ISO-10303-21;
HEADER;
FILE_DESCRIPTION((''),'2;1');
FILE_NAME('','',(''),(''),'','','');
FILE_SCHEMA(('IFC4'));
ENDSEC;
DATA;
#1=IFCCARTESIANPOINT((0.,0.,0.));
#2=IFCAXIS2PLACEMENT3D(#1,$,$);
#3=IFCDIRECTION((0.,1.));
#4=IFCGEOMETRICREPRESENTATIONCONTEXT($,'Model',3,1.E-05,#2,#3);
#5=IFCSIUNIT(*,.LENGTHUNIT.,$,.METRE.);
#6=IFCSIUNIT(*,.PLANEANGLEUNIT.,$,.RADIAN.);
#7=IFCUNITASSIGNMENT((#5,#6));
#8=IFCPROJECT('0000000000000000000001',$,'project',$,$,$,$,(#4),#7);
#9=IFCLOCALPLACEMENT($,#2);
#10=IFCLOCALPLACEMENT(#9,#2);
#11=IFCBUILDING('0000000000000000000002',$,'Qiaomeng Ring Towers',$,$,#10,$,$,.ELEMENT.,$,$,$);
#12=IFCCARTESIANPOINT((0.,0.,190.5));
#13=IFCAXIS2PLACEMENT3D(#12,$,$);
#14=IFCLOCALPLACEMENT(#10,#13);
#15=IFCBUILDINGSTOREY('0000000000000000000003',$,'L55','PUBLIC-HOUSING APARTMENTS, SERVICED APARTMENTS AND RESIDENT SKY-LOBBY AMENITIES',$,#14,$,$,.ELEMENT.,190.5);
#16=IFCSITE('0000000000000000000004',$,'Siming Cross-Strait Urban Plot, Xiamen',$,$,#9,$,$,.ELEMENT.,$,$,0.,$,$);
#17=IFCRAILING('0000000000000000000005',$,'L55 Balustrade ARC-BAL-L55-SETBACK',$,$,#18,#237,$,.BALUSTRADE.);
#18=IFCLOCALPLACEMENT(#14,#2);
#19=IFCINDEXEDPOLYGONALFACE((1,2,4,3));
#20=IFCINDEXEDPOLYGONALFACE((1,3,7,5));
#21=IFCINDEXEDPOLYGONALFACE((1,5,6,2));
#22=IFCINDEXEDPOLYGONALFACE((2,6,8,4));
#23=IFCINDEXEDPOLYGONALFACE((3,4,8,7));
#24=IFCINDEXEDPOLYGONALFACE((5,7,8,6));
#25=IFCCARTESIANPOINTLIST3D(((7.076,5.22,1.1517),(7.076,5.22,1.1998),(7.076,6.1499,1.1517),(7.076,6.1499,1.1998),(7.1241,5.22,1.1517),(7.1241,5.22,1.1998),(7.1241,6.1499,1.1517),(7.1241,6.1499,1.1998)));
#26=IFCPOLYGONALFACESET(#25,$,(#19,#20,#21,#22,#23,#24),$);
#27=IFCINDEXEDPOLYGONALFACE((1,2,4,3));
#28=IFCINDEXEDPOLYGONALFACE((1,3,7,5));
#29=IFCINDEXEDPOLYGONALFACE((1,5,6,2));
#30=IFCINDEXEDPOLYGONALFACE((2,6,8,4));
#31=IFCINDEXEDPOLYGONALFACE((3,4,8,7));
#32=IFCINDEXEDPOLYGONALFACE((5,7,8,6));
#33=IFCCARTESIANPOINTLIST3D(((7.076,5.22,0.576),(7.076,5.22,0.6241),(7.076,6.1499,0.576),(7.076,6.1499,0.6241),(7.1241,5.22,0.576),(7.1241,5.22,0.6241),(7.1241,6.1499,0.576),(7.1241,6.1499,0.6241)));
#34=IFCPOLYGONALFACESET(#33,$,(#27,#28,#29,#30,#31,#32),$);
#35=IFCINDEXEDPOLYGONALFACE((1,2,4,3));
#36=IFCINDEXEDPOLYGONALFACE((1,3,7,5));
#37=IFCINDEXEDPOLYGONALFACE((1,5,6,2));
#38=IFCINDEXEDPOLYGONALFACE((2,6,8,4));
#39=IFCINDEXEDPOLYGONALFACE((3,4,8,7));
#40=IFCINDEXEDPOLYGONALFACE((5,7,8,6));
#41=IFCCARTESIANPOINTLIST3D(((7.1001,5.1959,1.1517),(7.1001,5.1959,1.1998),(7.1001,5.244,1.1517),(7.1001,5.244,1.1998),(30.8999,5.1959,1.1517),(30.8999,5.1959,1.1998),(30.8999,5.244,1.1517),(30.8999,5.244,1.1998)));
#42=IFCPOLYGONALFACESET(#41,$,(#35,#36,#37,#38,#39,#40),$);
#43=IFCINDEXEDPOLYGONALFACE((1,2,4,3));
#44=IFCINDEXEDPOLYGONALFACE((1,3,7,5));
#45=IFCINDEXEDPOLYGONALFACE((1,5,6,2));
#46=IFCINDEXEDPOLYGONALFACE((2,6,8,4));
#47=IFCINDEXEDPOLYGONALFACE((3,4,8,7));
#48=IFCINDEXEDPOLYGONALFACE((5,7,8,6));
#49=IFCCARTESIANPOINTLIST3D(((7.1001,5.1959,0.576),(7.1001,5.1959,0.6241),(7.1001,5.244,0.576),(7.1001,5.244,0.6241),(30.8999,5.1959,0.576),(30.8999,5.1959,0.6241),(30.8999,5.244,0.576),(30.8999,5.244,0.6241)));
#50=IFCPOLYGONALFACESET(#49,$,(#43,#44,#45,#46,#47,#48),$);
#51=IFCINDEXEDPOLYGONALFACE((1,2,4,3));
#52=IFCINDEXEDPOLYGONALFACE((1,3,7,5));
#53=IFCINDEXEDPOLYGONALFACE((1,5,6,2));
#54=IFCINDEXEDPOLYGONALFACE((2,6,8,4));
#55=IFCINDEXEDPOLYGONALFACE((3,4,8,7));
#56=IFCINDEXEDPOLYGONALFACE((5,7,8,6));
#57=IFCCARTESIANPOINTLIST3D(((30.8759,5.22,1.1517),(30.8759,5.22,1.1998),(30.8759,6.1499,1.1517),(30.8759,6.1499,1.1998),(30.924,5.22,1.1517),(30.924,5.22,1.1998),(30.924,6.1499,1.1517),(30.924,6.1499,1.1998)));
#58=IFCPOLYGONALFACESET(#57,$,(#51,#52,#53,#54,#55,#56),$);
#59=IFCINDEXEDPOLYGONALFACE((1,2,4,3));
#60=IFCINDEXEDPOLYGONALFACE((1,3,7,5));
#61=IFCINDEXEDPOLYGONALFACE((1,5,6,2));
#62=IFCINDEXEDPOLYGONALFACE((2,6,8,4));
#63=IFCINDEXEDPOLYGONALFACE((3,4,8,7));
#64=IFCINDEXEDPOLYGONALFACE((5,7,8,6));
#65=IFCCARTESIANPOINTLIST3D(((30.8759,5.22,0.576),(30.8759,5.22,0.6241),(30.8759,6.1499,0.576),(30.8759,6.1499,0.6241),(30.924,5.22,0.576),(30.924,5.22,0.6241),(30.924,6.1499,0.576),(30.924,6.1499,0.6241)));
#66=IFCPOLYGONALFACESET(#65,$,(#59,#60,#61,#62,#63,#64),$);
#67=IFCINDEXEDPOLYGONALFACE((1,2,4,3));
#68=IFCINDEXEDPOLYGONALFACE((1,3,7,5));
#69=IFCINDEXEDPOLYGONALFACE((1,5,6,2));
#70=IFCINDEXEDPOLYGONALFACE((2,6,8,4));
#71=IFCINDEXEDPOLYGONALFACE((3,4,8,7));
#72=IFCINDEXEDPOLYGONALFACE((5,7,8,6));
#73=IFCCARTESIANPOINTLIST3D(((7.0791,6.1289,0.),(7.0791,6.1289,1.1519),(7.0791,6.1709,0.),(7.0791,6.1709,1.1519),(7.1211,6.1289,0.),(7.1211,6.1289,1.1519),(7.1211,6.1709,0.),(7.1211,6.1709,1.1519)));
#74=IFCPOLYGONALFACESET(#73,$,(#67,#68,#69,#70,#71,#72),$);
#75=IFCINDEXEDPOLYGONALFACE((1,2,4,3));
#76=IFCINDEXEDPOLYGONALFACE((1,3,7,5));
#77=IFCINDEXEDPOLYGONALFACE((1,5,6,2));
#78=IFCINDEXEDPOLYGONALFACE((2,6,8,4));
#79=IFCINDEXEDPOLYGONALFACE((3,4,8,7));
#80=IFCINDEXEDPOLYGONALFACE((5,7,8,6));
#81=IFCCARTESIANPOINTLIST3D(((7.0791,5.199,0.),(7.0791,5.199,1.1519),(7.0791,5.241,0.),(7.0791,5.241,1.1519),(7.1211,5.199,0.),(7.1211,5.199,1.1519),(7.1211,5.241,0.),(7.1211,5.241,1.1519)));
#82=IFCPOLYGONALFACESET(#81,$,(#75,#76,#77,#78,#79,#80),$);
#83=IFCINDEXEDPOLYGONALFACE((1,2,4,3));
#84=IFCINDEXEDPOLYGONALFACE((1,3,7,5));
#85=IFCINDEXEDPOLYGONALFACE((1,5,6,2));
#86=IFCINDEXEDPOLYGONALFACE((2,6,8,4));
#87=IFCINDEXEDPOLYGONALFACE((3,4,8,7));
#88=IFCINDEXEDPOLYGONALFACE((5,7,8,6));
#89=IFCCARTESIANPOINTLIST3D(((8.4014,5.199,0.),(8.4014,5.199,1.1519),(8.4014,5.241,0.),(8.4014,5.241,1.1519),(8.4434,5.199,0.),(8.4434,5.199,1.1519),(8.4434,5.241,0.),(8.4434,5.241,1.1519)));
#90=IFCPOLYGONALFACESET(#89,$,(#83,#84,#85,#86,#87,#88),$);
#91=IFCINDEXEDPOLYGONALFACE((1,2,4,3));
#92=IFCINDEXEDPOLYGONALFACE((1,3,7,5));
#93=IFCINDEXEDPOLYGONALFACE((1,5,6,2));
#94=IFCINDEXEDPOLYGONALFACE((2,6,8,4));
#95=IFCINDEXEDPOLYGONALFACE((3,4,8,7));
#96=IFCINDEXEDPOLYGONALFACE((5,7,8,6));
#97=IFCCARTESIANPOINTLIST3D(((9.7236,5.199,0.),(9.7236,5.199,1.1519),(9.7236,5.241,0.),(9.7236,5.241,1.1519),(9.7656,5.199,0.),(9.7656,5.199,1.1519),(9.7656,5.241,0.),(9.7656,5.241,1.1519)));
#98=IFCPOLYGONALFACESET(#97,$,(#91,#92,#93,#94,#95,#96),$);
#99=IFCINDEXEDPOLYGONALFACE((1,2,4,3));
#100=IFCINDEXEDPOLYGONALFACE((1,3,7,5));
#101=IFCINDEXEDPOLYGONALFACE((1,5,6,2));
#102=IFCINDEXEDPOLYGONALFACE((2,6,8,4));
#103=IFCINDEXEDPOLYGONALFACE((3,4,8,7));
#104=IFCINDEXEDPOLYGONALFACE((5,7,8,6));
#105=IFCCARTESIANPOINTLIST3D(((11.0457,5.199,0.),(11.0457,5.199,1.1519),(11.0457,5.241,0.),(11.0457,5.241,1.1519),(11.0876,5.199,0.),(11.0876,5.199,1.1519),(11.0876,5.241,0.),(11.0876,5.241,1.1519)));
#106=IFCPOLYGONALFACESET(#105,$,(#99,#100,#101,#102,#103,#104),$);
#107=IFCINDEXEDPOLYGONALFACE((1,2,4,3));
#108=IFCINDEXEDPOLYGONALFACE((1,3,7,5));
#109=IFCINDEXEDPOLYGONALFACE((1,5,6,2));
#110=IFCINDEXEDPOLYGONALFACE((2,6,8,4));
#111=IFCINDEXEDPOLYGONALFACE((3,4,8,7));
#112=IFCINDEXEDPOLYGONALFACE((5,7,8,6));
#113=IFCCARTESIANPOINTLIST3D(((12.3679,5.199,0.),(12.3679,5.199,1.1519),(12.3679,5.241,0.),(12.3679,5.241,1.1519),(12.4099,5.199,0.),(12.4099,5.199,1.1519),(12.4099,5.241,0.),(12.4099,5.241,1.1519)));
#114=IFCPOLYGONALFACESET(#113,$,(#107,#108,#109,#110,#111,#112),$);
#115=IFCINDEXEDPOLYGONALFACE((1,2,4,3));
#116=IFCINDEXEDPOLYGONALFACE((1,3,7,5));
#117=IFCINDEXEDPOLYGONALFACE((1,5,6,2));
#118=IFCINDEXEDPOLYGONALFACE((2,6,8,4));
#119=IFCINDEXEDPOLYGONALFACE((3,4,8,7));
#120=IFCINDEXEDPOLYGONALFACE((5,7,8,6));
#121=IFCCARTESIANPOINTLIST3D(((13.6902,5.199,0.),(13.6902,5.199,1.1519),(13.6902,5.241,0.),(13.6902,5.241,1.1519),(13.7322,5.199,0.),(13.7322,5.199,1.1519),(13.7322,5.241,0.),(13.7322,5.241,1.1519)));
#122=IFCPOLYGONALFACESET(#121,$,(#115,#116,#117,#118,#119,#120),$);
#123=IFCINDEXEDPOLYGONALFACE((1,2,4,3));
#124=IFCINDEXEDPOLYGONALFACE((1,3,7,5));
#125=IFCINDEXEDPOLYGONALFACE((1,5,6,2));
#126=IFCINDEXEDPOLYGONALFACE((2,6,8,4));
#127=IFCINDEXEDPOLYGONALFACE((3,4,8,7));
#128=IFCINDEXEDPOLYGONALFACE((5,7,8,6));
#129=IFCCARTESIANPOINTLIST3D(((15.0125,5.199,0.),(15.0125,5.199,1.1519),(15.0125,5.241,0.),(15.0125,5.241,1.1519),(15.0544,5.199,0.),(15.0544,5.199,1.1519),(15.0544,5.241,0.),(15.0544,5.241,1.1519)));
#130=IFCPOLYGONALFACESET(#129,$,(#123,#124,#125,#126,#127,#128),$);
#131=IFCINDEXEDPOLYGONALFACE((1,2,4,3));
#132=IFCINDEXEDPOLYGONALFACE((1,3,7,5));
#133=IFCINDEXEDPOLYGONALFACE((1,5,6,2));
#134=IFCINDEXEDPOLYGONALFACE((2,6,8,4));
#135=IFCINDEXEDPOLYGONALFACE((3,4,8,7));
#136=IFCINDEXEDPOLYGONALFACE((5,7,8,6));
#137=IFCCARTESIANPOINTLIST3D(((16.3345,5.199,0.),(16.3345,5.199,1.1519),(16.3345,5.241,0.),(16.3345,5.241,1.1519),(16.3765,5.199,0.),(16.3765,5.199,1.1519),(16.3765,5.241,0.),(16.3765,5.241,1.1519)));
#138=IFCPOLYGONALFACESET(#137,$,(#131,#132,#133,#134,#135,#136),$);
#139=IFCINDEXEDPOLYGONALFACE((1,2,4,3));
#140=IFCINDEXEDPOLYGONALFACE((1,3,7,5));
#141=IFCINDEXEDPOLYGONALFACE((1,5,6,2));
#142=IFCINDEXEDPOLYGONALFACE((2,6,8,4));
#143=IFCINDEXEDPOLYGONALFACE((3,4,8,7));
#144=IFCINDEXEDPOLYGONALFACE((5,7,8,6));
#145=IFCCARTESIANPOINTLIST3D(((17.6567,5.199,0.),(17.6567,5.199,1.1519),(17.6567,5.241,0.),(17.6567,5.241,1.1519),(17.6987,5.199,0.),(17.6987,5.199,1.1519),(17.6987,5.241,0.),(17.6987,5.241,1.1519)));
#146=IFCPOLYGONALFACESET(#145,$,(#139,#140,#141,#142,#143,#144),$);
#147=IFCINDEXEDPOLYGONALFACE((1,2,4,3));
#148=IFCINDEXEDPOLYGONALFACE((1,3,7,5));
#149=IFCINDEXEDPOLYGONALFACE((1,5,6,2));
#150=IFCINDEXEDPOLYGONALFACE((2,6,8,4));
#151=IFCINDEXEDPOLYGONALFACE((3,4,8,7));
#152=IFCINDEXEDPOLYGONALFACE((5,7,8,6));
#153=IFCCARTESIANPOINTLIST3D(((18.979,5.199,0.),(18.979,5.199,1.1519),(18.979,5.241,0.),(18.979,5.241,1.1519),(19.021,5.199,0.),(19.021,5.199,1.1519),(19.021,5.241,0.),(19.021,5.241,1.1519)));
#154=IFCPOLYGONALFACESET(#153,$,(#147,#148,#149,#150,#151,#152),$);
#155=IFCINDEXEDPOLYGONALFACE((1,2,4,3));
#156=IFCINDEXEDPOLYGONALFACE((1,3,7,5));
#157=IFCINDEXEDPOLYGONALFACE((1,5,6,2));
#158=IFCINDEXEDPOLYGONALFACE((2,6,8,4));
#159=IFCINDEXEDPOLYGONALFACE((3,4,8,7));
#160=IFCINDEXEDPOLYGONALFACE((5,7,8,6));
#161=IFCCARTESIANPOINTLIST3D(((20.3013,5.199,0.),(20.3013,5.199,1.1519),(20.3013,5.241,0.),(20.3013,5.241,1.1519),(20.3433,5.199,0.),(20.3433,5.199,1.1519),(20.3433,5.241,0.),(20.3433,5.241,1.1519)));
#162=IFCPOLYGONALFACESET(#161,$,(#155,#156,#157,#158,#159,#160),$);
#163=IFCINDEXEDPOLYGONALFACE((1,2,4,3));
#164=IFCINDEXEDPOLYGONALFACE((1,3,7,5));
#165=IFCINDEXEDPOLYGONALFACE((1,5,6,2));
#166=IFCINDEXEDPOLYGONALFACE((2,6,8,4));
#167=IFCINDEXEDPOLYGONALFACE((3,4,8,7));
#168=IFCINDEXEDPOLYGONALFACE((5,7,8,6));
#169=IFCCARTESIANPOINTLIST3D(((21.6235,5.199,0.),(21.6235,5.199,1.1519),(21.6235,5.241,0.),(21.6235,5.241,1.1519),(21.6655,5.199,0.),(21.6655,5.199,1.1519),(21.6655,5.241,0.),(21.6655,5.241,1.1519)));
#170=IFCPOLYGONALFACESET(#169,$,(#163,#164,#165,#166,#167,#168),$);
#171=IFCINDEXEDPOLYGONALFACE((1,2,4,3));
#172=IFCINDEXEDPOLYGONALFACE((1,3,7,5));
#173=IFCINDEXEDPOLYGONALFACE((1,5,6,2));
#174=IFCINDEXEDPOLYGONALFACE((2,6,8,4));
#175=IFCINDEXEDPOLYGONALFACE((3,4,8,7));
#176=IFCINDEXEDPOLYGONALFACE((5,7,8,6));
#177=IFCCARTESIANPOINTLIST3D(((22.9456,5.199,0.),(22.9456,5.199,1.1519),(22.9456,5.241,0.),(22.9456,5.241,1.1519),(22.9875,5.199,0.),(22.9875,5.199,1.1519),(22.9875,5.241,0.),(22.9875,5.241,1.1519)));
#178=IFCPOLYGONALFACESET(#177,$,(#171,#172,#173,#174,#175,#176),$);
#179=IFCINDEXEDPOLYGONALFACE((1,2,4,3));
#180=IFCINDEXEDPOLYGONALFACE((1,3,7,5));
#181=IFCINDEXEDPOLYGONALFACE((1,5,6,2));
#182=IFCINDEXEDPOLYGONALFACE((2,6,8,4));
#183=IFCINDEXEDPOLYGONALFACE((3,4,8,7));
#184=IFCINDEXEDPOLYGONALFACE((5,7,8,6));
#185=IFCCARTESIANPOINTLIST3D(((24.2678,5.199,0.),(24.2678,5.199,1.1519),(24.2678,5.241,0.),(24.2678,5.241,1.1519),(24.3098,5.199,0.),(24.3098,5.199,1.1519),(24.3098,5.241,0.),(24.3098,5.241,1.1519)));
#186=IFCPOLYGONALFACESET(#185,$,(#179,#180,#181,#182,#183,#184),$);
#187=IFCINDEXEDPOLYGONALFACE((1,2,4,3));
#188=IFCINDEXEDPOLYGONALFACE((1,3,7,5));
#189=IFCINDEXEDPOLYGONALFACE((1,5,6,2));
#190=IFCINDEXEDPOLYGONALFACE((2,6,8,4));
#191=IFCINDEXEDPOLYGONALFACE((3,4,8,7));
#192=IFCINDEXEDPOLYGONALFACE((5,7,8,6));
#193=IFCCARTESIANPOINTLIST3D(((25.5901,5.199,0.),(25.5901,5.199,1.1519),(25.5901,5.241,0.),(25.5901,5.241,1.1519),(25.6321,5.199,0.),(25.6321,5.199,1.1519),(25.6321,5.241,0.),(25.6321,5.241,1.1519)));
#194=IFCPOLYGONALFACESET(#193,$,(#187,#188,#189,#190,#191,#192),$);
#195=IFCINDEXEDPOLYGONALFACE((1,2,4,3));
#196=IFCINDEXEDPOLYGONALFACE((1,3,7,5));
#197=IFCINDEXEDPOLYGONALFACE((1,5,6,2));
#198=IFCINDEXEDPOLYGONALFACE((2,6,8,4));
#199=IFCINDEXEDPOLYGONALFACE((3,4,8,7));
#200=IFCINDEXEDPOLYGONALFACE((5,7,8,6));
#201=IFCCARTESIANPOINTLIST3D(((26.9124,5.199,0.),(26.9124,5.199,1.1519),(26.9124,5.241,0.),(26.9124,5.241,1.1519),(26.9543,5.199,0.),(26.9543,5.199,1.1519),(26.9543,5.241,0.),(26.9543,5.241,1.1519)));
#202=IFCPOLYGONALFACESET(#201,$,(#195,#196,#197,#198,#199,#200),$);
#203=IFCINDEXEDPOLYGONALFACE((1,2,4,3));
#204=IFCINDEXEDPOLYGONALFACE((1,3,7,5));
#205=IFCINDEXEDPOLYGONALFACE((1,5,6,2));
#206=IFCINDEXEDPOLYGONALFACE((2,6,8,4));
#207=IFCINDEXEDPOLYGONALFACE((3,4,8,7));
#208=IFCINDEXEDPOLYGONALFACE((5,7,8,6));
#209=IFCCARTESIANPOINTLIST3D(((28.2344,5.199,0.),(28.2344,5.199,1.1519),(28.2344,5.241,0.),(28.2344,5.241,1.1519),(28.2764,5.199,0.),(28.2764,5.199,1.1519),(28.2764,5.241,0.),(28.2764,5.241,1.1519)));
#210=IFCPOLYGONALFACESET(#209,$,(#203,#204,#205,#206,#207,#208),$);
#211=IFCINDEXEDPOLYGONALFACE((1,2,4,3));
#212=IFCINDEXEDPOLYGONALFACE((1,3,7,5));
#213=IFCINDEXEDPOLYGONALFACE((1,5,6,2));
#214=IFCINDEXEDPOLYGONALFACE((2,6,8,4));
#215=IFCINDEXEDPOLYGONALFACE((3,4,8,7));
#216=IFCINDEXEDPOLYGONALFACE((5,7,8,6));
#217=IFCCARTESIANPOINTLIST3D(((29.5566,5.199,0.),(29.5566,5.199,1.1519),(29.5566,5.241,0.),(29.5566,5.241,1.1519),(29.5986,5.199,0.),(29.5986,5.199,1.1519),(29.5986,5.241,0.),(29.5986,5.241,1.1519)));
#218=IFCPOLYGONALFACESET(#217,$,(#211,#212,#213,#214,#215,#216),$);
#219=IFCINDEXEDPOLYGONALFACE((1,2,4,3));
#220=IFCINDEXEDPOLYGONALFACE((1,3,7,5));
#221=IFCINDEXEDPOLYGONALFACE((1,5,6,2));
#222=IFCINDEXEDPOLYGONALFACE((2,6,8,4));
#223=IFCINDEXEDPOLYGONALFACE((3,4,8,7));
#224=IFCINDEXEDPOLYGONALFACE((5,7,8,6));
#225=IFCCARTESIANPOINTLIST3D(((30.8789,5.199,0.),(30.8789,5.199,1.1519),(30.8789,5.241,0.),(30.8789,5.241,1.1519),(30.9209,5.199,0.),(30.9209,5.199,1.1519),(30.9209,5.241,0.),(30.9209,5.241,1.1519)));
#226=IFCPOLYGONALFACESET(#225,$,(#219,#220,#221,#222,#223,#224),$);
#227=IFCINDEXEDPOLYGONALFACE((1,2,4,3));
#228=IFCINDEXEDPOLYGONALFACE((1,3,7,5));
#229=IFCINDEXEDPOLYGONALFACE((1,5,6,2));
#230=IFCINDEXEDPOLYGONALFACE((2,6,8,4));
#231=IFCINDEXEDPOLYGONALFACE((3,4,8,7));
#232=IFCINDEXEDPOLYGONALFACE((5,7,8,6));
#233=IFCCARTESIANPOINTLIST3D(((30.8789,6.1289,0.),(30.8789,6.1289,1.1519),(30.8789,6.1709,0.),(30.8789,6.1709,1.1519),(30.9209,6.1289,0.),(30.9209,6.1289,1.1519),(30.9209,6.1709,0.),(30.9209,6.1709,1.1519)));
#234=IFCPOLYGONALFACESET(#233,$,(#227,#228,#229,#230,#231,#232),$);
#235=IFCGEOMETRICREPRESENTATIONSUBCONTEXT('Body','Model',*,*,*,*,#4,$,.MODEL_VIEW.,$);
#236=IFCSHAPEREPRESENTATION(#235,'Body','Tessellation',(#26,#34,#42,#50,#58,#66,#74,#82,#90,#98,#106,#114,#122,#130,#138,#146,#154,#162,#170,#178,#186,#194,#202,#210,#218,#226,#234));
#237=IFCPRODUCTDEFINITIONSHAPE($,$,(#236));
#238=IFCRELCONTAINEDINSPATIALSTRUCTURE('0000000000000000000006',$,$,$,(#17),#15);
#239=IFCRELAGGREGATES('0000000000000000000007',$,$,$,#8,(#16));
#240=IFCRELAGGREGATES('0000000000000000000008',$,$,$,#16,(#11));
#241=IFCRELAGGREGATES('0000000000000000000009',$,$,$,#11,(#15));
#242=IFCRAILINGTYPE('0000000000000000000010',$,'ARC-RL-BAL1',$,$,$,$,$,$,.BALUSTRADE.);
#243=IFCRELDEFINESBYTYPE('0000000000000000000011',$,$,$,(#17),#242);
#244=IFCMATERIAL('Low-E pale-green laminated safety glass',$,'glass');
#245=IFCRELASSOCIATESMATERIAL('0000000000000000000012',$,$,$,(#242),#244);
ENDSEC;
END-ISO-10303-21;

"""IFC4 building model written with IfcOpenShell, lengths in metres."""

from ifc_helpers import new_model, si_unit, direction, frame, origin, origin_2d, place, context, subcontext, project, spatial, rectangle, extrude, material, type_object, element, save


model = new_model("IFC4")

# Units and contexts
model_context = context("Model", 3, precision=1e-05, world=origin(), true_north=direction((0.0, 1.0)))
body_context = subcontext(model_context, "Body", "Model", "MODEL_VIEW")
ifc_project = project(units=[si_unit("LENGTHUNIT", "METRE"), si_unit("PLANEANGLEUNIT", "RADIAN")], contexts=[model_context])

# Site, building, storey
site_placement = place(None, origin())
site = spatial("IfcSite", under=ifc_project, at=site_placement, Name="Siming Cross-Strait Urban Plot, Xiamen", CompositionType="ELEMENT", RefElevation=0.0)
building_placement = place(site_placement, origin())
building = spatial("IfcBuilding", under=site, at=building_placement, Name="Qiaomeng Ring Towers", CompositionType="ELEMENT")
storey_placement = place(building_placement, frame((0.0, 0.0, 190.5)))
storey = spatial("IfcBuildingStorey", under=building, at=storey_placement, Name="L55", Description="PUBLIC-HOUSING APARTMENTS, SERVICED APARTMENTS AND RESIDENT SKY-LOBBY AMENITIES", CompositionType="ELEMENT", Elevation=190.5)

# Railing
ifc_material_1 = material(Name="Low-E pale-green laminated safety glass", Category="glass")
railing_type = type_object("IfcRailingType", Name="ARC-RL-BAL1", PredefinedType="BALUSTRADE", material=ifc_material_1)
railing_placement = place(storey_placement, frame((7.1001, 6.1499, 0.0)))
element("IfcRailing", 1, at=railing_placement, inside=storey, type_object=railing_type, Name="L55 Balustrade ARC-BAL-L55-SETBACK", PredefinedType="BALUSTRADE", context=body_context, shape_type="SweptSolid", body=[
    extrude(rectangle(XDim=0.0481, YDim=0.0481, at=origin_2d()), frame((0.0, 0.0, 1.1758), z_axis=(0.0, -1.0, 0.0), x_axis=(1.0, 0.0, 0.0)), (0.0, 0.0, 1.0), 0.9299),
    extrude(rectangle(XDim=0.0481, YDim=0.0481, at=origin_2d()), frame((0.0, 0.0, 0.6001), z_axis=(0.0, -1.0, 0.0), x_axis=(1.0, 0.0, 0.0)), (0.0, 0.0, 1.0), 0.9299),
    extrude(rectangle(XDim=0.0481, YDim=0.0481, at=origin_2d()), frame((0.0, -0.9299, 1.1758), z_axis=(1.0, 0.0, 0.0), x_axis=(0.0, 1.0, 0.0)), (0.0, 0.0, 1.0), 23.7998),
    extrude(rectangle(XDim=0.0481, YDim=0.0481, at=origin_2d()), frame((0.0, -0.9299, 0.6001), z_axis=(1.0, 0.0, 0.0), x_axis=(0.0, 1.0, 0.0)), (0.0, 0.0, 1.0), 23.7998),
    extrude(rectangle(XDim=0.0481, YDim=0.0481, at=origin_2d()), frame((23.7998, -0.9299, 1.1758), z_axis=(0.0, 1.0, 0.0), x_axis=(-1.0, 0.0, 0.0)), (0.0, 0.0, 1.0), 0.9299),
    extrude(rectangle(XDim=0.0481, YDim=0.0481, at=origin_2d()), frame((23.7998, -0.9299, 0.6001), z_axis=(0.0, 1.0, 0.0), x_axis=(-1.0, 0.0, 0.0)), (0.0, 0.0, 1.0), 0.9299),
    extrude(rectangle(XDim=0.042, YDim=0.042, at=origin_2d()), origin(), (0.0, 0.0, 1.0), 1.1519),
    extrude(rectangle(XDim=0.042, YDim=0.042, at=origin_2d()), frame((0.0, -0.9299, 0.0)), (0.0, 0.0, 1.0), 1.1519),
    extrude(rectangle(XDim=0.042, YDim=0.042, at=origin_2d()), frame((1.3223, -0.9299, 0.0)), (0.0, 0.0, 1.0), 1.1519),
    extrude(rectangle(XDim=0.042, YDim=0.042, at=origin_2d()), frame((2.6445, -0.9299, 0.0)), (0.0, 0.0, 1.0), 1.1519),
    extrude(rectangle(XDim=0.042, YDim=0.042, at=origin_2d()), frame((3.9666, -0.9299, 0.0)), (0.0, 0.0, 1.0), 1.1519),
    extrude(rectangle(XDim=0.042, YDim=0.042, at=origin_2d()), frame((5.2888, -0.9299, 0.0)), (0.0, 0.0, 1.0), 1.1519),
    extrude(rectangle(XDim=0.042, YDim=0.042, at=origin_2d()), frame((6.6111, -0.9299, 0.0)), (0.0, 0.0, 1.0), 1.1519),
    extrude(rectangle(XDim=0.042, YDim=0.042, at=origin_2d()), frame((7.9333, -0.9299, 0.0)), (0.0, 0.0, 1.0), 1.1519),
    extrude(rectangle(XDim=0.042, YDim=0.042, at=origin_2d()), frame((9.2554, -0.9299, 0.0)), (0.0, 0.0, 1.0), 1.1519),
    extrude(rectangle(XDim=0.042, YDim=0.042, at=origin_2d()), frame((10.5776, -0.9299, 0.0)), (0.0, 0.0, 1.0), 1.1519),
    extrude(rectangle(XDim=0.042, YDim=0.042, at=origin_2d()), frame((11.8999, -0.9299, 0.0)), (0.0, 0.0, 1.0), 1.1519),
    extrude(rectangle(XDim=0.042, YDim=0.042, at=origin_2d()), frame((13.2222, -0.9299, 0.0)), (0.0, 0.0, 1.0), 1.1519),
    extrude(rectangle(XDim=0.042, YDim=0.042, at=origin_2d()), frame((14.5444, -0.9299, 0.0)), (0.0, 0.0, 1.0), 1.1519),
    extrude(rectangle(XDim=0.042, YDim=0.042, at=origin_2d()), frame((15.8665, -0.9299, 0.0)), (0.0, 0.0, 1.0), 1.1519),
    extrude(rectangle(XDim=0.042, YDim=0.042, at=origin_2d()), frame((17.1887, -0.9299, 0.0)), (0.0, 0.0, 1.0), 1.1519),
    extrude(rectangle(XDim=0.042, YDim=0.042, at=origin_2d()), frame((18.511, -0.9299, 0.0)), (0.0, 0.0, 1.0), 1.1519),
    extrude(rectangle(XDim=0.042, YDim=0.042, at=origin_2d()), frame((19.8333, -0.9299, 0.0)), (0.0, 0.0, 1.0), 1.1519),
    extrude(rectangle(XDim=0.042, YDim=0.042, at=origin_2d()), frame((21.1553, -0.9299, 0.0)), (0.0, 0.0, 1.0), 1.1519),
    extrude(rectangle(XDim=0.042, YDim=0.042, at=origin_2d()), frame((22.4775, -0.9299, 0.0)), (0.0, 0.0, 1.0), 1.1519),
    extrude(rectangle(XDim=0.042, YDim=0.042, at=origin_2d()), frame((23.7998, -0.9299, 0.0)), (0.0, 0.0, 1.0), 1.1519),
    extrude(rectangle(XDim=0.042, YDim=0.042, at=origin_2d()), frame((23.7998, 0.0, 0.0)), (0.0, 0.0, 1.0), 1.1519),
])

save(model, "model.ifc")
